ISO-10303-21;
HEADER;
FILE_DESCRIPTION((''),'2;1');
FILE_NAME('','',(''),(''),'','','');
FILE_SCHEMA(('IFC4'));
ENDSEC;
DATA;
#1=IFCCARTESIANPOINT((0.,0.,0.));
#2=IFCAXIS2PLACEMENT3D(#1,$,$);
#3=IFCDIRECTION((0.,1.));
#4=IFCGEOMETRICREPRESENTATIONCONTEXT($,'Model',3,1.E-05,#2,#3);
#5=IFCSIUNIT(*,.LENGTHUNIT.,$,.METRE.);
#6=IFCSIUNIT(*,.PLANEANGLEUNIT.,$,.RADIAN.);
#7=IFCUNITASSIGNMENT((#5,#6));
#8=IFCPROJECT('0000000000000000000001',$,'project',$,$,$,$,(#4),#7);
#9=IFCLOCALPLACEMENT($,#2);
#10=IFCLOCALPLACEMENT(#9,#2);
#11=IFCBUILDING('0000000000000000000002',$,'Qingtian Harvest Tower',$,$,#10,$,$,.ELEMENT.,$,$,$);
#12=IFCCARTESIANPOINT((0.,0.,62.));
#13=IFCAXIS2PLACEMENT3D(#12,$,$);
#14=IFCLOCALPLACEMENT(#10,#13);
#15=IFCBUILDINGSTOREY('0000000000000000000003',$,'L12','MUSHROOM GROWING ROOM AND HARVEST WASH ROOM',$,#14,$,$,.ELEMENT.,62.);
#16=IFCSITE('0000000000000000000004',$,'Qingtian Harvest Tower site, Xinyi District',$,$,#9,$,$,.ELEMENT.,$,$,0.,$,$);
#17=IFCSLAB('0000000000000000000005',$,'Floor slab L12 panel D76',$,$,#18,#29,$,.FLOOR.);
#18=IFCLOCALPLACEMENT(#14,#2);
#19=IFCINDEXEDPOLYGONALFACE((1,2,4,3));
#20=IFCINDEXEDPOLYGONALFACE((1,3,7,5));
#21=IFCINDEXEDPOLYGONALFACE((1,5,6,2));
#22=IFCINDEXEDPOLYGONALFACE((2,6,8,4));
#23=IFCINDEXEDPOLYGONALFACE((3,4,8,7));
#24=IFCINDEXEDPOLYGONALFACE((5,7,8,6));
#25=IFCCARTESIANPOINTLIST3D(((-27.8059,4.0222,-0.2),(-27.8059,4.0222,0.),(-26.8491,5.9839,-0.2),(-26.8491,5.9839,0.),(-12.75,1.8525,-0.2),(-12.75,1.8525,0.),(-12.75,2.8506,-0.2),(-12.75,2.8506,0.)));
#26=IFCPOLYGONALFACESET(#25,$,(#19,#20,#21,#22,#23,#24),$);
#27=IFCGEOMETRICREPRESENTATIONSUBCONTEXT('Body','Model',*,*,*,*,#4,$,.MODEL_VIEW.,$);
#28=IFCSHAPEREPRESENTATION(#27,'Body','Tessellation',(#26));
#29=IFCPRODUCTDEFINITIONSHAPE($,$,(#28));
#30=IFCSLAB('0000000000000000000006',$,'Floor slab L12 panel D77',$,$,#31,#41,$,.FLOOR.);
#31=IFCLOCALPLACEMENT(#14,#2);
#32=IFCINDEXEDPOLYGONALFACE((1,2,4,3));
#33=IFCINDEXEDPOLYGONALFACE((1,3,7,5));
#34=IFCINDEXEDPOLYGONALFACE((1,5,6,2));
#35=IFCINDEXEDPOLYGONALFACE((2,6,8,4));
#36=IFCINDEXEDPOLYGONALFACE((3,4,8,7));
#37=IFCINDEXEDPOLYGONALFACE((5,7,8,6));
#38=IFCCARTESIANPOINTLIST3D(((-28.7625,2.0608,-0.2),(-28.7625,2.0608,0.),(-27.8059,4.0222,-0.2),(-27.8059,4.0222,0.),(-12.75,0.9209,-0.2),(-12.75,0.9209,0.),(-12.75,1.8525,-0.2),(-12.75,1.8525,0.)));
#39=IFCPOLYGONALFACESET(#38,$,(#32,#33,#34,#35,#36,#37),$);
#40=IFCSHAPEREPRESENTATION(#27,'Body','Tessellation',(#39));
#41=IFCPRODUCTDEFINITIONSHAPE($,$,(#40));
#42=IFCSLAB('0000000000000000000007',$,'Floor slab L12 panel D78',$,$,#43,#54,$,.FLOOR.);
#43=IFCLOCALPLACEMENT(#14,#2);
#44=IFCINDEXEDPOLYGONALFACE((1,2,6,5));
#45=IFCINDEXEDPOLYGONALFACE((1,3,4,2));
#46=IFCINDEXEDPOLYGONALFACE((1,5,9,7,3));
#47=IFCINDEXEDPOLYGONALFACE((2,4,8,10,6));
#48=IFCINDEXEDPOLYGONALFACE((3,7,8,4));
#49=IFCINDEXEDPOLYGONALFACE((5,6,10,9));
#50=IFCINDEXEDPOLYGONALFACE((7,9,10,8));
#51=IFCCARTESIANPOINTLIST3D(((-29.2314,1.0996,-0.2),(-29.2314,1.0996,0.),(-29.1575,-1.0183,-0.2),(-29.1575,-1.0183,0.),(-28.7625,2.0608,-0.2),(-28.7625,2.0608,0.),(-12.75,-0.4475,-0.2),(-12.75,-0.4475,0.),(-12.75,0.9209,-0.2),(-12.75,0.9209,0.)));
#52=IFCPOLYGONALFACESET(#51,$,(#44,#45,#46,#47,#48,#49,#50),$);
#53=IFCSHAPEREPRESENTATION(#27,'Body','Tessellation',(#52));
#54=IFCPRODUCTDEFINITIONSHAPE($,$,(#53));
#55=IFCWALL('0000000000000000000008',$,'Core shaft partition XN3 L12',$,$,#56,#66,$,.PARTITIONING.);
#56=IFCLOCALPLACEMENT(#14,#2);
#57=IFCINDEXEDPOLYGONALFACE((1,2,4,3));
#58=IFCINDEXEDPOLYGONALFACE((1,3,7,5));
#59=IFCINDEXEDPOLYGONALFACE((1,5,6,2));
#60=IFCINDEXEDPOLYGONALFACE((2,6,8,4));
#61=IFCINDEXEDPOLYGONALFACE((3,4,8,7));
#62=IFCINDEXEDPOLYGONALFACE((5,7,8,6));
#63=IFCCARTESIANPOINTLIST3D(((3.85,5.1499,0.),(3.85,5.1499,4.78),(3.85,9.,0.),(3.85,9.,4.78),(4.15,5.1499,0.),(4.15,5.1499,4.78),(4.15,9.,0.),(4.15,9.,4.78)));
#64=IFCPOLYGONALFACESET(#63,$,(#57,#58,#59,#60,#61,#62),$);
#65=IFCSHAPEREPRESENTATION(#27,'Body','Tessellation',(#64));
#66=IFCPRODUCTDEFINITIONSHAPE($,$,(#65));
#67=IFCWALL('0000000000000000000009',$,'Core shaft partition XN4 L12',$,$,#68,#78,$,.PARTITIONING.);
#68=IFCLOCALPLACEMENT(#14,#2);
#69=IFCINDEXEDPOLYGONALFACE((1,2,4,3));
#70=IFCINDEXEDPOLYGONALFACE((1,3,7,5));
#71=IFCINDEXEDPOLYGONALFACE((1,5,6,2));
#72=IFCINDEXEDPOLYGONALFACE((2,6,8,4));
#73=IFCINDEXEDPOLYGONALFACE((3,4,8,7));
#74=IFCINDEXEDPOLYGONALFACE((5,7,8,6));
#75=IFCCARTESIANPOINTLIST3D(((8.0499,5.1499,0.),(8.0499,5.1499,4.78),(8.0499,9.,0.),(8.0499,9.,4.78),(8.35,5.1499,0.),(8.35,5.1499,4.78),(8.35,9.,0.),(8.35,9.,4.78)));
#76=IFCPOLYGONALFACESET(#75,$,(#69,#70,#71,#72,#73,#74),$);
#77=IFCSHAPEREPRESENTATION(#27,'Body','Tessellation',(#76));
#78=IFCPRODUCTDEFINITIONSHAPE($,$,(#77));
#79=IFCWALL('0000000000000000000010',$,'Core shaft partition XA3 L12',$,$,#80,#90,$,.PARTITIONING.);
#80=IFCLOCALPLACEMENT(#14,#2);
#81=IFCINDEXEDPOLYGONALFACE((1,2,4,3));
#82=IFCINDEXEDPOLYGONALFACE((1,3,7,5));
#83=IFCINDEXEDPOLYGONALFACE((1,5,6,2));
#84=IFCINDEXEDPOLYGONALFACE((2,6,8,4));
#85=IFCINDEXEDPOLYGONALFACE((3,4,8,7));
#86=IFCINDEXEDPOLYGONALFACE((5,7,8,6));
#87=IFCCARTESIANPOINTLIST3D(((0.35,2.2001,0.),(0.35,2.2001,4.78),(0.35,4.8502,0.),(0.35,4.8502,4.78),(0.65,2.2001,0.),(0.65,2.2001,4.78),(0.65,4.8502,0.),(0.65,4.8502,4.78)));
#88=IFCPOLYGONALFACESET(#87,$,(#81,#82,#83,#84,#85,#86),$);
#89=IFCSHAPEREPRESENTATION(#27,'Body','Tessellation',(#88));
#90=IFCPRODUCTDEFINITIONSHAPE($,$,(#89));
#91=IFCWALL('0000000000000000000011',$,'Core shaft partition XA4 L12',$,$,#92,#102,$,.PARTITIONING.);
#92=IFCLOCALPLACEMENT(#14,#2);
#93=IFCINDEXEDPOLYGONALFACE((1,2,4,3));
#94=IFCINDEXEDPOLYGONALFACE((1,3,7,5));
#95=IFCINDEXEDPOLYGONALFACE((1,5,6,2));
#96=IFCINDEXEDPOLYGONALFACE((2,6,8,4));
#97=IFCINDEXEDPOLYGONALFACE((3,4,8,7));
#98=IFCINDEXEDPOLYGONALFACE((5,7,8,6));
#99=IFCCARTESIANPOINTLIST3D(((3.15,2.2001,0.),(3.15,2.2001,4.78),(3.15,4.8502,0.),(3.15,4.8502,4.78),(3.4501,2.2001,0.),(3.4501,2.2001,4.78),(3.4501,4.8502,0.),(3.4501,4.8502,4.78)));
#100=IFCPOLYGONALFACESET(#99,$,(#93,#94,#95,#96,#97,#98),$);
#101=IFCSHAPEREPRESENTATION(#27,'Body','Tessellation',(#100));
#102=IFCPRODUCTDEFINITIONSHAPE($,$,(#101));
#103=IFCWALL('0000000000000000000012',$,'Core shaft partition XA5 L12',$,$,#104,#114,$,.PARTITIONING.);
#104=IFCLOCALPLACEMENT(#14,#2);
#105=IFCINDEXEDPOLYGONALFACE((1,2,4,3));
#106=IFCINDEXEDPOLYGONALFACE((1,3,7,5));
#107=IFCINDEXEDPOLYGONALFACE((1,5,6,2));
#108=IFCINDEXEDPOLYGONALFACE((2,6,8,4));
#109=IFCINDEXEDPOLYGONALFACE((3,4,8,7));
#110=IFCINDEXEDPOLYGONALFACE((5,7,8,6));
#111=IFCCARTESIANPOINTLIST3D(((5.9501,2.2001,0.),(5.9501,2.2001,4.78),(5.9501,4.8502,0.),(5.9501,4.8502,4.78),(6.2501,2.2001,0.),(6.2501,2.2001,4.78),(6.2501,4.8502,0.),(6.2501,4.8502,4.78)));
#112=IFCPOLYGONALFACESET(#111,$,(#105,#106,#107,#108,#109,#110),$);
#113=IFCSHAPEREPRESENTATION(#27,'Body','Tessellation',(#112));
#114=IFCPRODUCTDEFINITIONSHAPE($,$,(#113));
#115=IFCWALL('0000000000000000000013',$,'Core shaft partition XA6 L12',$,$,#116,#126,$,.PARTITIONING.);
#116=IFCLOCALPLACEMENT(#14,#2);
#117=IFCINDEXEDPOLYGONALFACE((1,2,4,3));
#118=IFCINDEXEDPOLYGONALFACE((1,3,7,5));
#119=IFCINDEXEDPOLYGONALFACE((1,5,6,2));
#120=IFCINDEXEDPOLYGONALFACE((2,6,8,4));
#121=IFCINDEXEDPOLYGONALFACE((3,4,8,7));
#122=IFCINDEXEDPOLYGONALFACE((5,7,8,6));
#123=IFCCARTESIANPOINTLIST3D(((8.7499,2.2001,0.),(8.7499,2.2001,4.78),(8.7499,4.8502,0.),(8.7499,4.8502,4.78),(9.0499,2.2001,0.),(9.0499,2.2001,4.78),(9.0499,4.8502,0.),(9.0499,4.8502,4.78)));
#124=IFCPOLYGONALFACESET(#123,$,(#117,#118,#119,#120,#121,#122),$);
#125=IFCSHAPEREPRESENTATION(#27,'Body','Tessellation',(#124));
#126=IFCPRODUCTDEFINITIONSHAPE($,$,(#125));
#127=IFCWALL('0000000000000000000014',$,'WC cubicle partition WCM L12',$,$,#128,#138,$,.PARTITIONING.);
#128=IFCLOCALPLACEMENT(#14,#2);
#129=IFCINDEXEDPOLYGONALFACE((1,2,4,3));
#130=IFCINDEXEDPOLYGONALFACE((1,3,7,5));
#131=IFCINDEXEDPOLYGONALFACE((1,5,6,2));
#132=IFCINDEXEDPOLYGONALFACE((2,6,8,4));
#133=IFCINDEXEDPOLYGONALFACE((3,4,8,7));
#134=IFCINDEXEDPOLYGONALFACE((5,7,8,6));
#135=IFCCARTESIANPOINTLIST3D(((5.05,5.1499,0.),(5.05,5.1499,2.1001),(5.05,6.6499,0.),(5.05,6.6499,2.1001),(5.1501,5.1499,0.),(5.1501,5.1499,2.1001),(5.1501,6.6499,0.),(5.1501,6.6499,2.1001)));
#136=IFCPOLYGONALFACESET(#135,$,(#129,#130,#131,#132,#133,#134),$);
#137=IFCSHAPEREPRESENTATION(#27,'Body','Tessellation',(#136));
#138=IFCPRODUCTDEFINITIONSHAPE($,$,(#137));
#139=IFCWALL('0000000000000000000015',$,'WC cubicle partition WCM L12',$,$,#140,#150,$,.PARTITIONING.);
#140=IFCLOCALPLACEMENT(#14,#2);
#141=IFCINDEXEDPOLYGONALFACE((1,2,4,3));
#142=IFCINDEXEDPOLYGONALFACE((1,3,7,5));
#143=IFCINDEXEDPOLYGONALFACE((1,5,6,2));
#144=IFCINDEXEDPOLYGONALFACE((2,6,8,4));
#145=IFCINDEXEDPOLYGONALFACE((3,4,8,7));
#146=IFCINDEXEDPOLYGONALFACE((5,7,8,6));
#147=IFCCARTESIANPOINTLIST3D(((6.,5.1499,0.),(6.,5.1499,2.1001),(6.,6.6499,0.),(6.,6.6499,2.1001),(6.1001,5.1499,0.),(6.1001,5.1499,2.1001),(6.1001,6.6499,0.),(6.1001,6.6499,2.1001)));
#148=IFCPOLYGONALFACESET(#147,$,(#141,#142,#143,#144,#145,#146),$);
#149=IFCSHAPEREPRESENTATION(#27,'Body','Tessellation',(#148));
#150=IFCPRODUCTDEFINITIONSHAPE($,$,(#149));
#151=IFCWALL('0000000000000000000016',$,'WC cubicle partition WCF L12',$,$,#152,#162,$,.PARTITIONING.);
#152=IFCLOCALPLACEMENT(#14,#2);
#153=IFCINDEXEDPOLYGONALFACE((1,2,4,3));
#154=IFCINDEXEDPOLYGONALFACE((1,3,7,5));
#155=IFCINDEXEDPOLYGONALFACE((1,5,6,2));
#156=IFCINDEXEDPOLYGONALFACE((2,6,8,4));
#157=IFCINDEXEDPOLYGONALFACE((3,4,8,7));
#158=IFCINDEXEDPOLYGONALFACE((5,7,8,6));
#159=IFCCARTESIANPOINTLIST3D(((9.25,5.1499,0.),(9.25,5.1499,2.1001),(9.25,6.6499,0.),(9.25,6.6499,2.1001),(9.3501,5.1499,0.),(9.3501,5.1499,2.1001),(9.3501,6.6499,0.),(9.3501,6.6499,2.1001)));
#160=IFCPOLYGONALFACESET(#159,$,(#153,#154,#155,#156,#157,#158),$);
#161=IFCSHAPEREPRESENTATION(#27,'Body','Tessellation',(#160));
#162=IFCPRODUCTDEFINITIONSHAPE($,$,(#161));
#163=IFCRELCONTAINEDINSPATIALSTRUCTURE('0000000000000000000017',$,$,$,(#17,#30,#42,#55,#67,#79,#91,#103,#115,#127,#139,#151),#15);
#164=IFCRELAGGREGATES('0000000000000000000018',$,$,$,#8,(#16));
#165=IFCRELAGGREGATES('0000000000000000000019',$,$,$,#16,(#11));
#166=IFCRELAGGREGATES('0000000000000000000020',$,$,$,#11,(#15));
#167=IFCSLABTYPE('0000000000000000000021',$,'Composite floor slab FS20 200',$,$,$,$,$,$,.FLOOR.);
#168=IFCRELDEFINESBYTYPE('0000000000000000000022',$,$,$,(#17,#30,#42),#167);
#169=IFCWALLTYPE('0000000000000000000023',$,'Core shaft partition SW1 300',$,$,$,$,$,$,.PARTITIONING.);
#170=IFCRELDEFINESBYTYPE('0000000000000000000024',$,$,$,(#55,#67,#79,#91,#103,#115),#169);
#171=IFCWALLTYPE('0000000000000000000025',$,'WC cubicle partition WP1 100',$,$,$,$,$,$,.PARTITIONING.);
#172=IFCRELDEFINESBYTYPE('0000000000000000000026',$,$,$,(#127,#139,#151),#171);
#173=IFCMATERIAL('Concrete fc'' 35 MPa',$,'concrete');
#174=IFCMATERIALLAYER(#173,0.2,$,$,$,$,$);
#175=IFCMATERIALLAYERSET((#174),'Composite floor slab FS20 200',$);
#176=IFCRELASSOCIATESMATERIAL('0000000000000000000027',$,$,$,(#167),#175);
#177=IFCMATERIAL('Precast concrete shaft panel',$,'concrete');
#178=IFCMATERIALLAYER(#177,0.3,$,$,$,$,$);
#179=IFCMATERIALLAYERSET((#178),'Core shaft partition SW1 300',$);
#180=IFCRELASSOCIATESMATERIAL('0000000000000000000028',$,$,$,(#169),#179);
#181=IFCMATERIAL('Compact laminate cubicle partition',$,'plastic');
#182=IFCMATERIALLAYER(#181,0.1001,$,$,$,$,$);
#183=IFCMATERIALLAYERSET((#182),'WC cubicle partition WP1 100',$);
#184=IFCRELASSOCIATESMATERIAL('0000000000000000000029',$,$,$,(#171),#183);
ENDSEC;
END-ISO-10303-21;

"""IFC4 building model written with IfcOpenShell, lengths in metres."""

from ifc_helpers import new_model, si_unit, direction, frame, frame_2d, origin, place, context, subcontext, project, spatial, polyline, rectangle, outline, extrude, material, layer, layer_set, type_object, element, save


model = new_model("IFC4")

# Units and contexts
model_context = context("Model", 3, precision=1e-05, world=origin(), true_north=direction((0.0, 1.0)))
body_context = subcontext(model_context, "Body", "Model", "MODEL_VIEW")
ifc_project = project(units=[si_unit("LENGTHUNIT", "METRE"), si_unit("PLANEANGLEUNIT", "RADIAN")], contexts=[model_context])

# Site, building, storey
site_placement = place(None, origin())
site = spatial("IfcSite", under=ifc_project, at=site_placement, Name="Qingtian Harvest Tower site, Xinyi District", CompositionType="ELEMENT", RefElevation=0.0)
building_placement = place(site_placement, origin())
building = spatial("IfcBuilding", under=site, at=building_placement, Name="Qingtian Harvest Tower", CompositionType="ELEMENT")
storey_placement = place(building_placement, frame((0.0, 0.0, 62.0)))
storey = spatial("IfcBuildingStorey", under=building, at=storey_placement, Name="L12", Description="MUSHROOM GROWING ROOM AND HARVEST WASH ROOM", CompositionType="ELEMENT", Elevation=62.0)

# Slabs
ifc_material_1 = material(Name="Concrete fc' 35 MPa", Category="concrete")
ifc_layer_1 = layer(ifc_material_1, 0.2)
ifc_layer_set_1 = layer_set([ifc_layer_1], Name="Composite floor slab FS20 200")
slab_type = type_object("IfcSlabType", Name="Composite floor slab FS20 200", PredefinedType="FLOOR", material=ifc_layer_set_1)
slab_1_placement = place(storey_placement, frame((0.0, 0.0, -0.2)))
element("IfcSlab", 1, at=slab_1_placement, inside=storey, type_object=slab_type, Name="Floor slab L12 panel D76", PredefinedType="FLOOR", context=body_context, shape_type="SweptSolid", body=[
    extrude(outline(polyline([(-12.75, 1.8525), (-27.8059, 4.0222), (-26.8491, 5.9839), (-12.75, 2.8506), (-12.75, 1.8525)])), origin(), (0.0, 0.0, 1.0), 0.2),
])
slab_2_placement = place(storey_placement, frame((0.0, 0.0, -0.2)))
element("IfcSlab", 2, at=slab_2_placement, inside=storey, type_object=slab_type, Name="Floor slab L12 panel D77", PredefinedType="FLOOR", context=body_context, shape_type="SweptSolid", body=[
    extrude(outline(polyline([(-12.75, 0.9209), (-28.7625, 2.0608), (-27.8059, 4.0222), (-12.75, 1.8525), (-12.75, 0.9209)])), origin(), (0.0, 0.0, 1.0), 0.2),
])
slab_3_placement = place(storey_placement, frame((0.0, 0.0, -0.2)))
element("IfcSlab", 3, at=slab_3_placement, inside=storey, type_object=slab_type, Name="Floor slab L12 panel D78", PredefinedType="FLOOR", context=body_context, shape_type="SweptSolid", body=[
    extrude(outline(polyline([(-12.75, 0.9209), (-12.75, -0.4475), (-29.1575, -1.0183), (-29.2314, 1.0996), (-28.7625, 2.0608), (-12.75, 0.9209)])), origin(), (0.0, 0.0, 1.0), 0.2),
])

# Shared definitions
ifc_material_2 = material(Name="Precast concrete shaft panel", Category="concrete")
ifc_layer_2 = layer(ifc_material_2, 0.3)
ifc_layer_set_2 = layer_set([ifc_layer_2], Name="Core shaft partition SW1 300")
wall_type_1 = type_object("IfcWallType", Name="Core shaft partition SW1 300", PredefinedType="PARTITIONING", material=ifc_layer_set_2)

# Walls
for number, where, z_axis, x_axis, name in (
    (4, (4.0, 5.1499, 0.0), (0.0, 0.0, 1.0), (0.0, 1.0, 0.0), "Core shaft partition XN3 L12"),
    (5, (8.2, 5.1499, 0.0), (0.0, 0.0, 1.0), (0.0, 1.0, 0.0), "Core shaft partition XN4 L12"),
):
    element("IfcWall", number, at=place(storey_placement, frame(where, z_axis=z_axis, x_axis=x_axis)), inside=storey, type_object=wall_type_1, Name=name, PredefinedType="PARTITIONING", context=body_context, shape_type="SweptSolid", body=[
        extrude(rectangle(XDim=3.8501, YDim=0.3, at=frame_2d((1.925, 0.0))), origin(), (0.0, 0.0, 1.0), 4.78),
    ])
for number, where, z_axis, x_axis, name in (
    (6, (0.5, 2.2, 0.0), (0.0, 0.0, 1.0), (0.0, 1.0, 0.0), "Core shaft partition XA3 L12"),
    (7, (3.3, 2.2, 0.0), (0.0, 0.0, 1.0), (0.0, 1.0, 0.0), "Core shaft partition XA4 L12"),
    (8, (6.1001, 2.2, 0.0), (0.0, 0.0, 1.0), (0.0, 1.0, 0.0), "Core shaft partition XA5 L12"),
    (9, (8.8999, 2.2, 0.0), (0.0, 0.0, 1.0), (0.0, 1.0, 0.0), "Core shaft partition XA6 L12"),
):
    element("IfcWall", number, at=place(storey_placement, frame(where, z_axis=z_axis, x_axis=x_axis)), inside=storey, type_object=wall_type_1, Name=name, PredefinedType="PARTITIONING", context=body_context, shape_type="SweptSolid", body=[
        extrude(rectangle(XDim=2.6501, YDim=0.3, at=frame_2d((1.3252, 0.0))), origin(), (0.0, 0.0, 1.0), 4.78),
    ])

# Walls
ifc_material_3 = material(Name="Compact laminate cubicle partition", Category="plastic")
ifc_layer_3 = layer(ifc_material_3, 0.1001)
ifc_layer_set_3 = layer_set([ifc_layer_3], Name="WC cubicle partition WP1 100")
wall_type_2 = type_object("IfcWallType", Name="WC cubicle partition WP1 100", PredefinedType="PARTITIONING", material=ifc_layer_set_3)
for number, where, z_axis, x_axis, name in (
    (10, (5.1001, 5.1499, 0.0), (0.0, 0.0, 1.0), (0.0, 1.0, 0.0), "WC cubicle partition WCM L12"),
    (11, (6.05, 5.1499, 0.0), (0.0, 0.0, 1.0), (0.0, 1.0, 0.0), "WC cubicle partition WCM L12"),
    (12, (9.3, 5.1499, 0.0), (0.0, 0.0, 1.0), (0.0, 1.0, 0.0), "WC cubicle partition WCF L12"),
):
    element("IfcWall", number, at=place(storey_placement, frame(where, z_axis=z_axis, x_axis=x_axis)), inside=storey, type_object=wall_type_2, Name=name, PredefinedType="PARTITIONING", context=body_context, shape_type="SweptSolid", body=[
        extrude(rectangle(XDim=1.5, YDim=0.1001, at=frame_2d((0.75, 0.0))), origin(), (0.0, 0.0, 1.0), 2.1001),
    ])

save(model, "model.ifc")
